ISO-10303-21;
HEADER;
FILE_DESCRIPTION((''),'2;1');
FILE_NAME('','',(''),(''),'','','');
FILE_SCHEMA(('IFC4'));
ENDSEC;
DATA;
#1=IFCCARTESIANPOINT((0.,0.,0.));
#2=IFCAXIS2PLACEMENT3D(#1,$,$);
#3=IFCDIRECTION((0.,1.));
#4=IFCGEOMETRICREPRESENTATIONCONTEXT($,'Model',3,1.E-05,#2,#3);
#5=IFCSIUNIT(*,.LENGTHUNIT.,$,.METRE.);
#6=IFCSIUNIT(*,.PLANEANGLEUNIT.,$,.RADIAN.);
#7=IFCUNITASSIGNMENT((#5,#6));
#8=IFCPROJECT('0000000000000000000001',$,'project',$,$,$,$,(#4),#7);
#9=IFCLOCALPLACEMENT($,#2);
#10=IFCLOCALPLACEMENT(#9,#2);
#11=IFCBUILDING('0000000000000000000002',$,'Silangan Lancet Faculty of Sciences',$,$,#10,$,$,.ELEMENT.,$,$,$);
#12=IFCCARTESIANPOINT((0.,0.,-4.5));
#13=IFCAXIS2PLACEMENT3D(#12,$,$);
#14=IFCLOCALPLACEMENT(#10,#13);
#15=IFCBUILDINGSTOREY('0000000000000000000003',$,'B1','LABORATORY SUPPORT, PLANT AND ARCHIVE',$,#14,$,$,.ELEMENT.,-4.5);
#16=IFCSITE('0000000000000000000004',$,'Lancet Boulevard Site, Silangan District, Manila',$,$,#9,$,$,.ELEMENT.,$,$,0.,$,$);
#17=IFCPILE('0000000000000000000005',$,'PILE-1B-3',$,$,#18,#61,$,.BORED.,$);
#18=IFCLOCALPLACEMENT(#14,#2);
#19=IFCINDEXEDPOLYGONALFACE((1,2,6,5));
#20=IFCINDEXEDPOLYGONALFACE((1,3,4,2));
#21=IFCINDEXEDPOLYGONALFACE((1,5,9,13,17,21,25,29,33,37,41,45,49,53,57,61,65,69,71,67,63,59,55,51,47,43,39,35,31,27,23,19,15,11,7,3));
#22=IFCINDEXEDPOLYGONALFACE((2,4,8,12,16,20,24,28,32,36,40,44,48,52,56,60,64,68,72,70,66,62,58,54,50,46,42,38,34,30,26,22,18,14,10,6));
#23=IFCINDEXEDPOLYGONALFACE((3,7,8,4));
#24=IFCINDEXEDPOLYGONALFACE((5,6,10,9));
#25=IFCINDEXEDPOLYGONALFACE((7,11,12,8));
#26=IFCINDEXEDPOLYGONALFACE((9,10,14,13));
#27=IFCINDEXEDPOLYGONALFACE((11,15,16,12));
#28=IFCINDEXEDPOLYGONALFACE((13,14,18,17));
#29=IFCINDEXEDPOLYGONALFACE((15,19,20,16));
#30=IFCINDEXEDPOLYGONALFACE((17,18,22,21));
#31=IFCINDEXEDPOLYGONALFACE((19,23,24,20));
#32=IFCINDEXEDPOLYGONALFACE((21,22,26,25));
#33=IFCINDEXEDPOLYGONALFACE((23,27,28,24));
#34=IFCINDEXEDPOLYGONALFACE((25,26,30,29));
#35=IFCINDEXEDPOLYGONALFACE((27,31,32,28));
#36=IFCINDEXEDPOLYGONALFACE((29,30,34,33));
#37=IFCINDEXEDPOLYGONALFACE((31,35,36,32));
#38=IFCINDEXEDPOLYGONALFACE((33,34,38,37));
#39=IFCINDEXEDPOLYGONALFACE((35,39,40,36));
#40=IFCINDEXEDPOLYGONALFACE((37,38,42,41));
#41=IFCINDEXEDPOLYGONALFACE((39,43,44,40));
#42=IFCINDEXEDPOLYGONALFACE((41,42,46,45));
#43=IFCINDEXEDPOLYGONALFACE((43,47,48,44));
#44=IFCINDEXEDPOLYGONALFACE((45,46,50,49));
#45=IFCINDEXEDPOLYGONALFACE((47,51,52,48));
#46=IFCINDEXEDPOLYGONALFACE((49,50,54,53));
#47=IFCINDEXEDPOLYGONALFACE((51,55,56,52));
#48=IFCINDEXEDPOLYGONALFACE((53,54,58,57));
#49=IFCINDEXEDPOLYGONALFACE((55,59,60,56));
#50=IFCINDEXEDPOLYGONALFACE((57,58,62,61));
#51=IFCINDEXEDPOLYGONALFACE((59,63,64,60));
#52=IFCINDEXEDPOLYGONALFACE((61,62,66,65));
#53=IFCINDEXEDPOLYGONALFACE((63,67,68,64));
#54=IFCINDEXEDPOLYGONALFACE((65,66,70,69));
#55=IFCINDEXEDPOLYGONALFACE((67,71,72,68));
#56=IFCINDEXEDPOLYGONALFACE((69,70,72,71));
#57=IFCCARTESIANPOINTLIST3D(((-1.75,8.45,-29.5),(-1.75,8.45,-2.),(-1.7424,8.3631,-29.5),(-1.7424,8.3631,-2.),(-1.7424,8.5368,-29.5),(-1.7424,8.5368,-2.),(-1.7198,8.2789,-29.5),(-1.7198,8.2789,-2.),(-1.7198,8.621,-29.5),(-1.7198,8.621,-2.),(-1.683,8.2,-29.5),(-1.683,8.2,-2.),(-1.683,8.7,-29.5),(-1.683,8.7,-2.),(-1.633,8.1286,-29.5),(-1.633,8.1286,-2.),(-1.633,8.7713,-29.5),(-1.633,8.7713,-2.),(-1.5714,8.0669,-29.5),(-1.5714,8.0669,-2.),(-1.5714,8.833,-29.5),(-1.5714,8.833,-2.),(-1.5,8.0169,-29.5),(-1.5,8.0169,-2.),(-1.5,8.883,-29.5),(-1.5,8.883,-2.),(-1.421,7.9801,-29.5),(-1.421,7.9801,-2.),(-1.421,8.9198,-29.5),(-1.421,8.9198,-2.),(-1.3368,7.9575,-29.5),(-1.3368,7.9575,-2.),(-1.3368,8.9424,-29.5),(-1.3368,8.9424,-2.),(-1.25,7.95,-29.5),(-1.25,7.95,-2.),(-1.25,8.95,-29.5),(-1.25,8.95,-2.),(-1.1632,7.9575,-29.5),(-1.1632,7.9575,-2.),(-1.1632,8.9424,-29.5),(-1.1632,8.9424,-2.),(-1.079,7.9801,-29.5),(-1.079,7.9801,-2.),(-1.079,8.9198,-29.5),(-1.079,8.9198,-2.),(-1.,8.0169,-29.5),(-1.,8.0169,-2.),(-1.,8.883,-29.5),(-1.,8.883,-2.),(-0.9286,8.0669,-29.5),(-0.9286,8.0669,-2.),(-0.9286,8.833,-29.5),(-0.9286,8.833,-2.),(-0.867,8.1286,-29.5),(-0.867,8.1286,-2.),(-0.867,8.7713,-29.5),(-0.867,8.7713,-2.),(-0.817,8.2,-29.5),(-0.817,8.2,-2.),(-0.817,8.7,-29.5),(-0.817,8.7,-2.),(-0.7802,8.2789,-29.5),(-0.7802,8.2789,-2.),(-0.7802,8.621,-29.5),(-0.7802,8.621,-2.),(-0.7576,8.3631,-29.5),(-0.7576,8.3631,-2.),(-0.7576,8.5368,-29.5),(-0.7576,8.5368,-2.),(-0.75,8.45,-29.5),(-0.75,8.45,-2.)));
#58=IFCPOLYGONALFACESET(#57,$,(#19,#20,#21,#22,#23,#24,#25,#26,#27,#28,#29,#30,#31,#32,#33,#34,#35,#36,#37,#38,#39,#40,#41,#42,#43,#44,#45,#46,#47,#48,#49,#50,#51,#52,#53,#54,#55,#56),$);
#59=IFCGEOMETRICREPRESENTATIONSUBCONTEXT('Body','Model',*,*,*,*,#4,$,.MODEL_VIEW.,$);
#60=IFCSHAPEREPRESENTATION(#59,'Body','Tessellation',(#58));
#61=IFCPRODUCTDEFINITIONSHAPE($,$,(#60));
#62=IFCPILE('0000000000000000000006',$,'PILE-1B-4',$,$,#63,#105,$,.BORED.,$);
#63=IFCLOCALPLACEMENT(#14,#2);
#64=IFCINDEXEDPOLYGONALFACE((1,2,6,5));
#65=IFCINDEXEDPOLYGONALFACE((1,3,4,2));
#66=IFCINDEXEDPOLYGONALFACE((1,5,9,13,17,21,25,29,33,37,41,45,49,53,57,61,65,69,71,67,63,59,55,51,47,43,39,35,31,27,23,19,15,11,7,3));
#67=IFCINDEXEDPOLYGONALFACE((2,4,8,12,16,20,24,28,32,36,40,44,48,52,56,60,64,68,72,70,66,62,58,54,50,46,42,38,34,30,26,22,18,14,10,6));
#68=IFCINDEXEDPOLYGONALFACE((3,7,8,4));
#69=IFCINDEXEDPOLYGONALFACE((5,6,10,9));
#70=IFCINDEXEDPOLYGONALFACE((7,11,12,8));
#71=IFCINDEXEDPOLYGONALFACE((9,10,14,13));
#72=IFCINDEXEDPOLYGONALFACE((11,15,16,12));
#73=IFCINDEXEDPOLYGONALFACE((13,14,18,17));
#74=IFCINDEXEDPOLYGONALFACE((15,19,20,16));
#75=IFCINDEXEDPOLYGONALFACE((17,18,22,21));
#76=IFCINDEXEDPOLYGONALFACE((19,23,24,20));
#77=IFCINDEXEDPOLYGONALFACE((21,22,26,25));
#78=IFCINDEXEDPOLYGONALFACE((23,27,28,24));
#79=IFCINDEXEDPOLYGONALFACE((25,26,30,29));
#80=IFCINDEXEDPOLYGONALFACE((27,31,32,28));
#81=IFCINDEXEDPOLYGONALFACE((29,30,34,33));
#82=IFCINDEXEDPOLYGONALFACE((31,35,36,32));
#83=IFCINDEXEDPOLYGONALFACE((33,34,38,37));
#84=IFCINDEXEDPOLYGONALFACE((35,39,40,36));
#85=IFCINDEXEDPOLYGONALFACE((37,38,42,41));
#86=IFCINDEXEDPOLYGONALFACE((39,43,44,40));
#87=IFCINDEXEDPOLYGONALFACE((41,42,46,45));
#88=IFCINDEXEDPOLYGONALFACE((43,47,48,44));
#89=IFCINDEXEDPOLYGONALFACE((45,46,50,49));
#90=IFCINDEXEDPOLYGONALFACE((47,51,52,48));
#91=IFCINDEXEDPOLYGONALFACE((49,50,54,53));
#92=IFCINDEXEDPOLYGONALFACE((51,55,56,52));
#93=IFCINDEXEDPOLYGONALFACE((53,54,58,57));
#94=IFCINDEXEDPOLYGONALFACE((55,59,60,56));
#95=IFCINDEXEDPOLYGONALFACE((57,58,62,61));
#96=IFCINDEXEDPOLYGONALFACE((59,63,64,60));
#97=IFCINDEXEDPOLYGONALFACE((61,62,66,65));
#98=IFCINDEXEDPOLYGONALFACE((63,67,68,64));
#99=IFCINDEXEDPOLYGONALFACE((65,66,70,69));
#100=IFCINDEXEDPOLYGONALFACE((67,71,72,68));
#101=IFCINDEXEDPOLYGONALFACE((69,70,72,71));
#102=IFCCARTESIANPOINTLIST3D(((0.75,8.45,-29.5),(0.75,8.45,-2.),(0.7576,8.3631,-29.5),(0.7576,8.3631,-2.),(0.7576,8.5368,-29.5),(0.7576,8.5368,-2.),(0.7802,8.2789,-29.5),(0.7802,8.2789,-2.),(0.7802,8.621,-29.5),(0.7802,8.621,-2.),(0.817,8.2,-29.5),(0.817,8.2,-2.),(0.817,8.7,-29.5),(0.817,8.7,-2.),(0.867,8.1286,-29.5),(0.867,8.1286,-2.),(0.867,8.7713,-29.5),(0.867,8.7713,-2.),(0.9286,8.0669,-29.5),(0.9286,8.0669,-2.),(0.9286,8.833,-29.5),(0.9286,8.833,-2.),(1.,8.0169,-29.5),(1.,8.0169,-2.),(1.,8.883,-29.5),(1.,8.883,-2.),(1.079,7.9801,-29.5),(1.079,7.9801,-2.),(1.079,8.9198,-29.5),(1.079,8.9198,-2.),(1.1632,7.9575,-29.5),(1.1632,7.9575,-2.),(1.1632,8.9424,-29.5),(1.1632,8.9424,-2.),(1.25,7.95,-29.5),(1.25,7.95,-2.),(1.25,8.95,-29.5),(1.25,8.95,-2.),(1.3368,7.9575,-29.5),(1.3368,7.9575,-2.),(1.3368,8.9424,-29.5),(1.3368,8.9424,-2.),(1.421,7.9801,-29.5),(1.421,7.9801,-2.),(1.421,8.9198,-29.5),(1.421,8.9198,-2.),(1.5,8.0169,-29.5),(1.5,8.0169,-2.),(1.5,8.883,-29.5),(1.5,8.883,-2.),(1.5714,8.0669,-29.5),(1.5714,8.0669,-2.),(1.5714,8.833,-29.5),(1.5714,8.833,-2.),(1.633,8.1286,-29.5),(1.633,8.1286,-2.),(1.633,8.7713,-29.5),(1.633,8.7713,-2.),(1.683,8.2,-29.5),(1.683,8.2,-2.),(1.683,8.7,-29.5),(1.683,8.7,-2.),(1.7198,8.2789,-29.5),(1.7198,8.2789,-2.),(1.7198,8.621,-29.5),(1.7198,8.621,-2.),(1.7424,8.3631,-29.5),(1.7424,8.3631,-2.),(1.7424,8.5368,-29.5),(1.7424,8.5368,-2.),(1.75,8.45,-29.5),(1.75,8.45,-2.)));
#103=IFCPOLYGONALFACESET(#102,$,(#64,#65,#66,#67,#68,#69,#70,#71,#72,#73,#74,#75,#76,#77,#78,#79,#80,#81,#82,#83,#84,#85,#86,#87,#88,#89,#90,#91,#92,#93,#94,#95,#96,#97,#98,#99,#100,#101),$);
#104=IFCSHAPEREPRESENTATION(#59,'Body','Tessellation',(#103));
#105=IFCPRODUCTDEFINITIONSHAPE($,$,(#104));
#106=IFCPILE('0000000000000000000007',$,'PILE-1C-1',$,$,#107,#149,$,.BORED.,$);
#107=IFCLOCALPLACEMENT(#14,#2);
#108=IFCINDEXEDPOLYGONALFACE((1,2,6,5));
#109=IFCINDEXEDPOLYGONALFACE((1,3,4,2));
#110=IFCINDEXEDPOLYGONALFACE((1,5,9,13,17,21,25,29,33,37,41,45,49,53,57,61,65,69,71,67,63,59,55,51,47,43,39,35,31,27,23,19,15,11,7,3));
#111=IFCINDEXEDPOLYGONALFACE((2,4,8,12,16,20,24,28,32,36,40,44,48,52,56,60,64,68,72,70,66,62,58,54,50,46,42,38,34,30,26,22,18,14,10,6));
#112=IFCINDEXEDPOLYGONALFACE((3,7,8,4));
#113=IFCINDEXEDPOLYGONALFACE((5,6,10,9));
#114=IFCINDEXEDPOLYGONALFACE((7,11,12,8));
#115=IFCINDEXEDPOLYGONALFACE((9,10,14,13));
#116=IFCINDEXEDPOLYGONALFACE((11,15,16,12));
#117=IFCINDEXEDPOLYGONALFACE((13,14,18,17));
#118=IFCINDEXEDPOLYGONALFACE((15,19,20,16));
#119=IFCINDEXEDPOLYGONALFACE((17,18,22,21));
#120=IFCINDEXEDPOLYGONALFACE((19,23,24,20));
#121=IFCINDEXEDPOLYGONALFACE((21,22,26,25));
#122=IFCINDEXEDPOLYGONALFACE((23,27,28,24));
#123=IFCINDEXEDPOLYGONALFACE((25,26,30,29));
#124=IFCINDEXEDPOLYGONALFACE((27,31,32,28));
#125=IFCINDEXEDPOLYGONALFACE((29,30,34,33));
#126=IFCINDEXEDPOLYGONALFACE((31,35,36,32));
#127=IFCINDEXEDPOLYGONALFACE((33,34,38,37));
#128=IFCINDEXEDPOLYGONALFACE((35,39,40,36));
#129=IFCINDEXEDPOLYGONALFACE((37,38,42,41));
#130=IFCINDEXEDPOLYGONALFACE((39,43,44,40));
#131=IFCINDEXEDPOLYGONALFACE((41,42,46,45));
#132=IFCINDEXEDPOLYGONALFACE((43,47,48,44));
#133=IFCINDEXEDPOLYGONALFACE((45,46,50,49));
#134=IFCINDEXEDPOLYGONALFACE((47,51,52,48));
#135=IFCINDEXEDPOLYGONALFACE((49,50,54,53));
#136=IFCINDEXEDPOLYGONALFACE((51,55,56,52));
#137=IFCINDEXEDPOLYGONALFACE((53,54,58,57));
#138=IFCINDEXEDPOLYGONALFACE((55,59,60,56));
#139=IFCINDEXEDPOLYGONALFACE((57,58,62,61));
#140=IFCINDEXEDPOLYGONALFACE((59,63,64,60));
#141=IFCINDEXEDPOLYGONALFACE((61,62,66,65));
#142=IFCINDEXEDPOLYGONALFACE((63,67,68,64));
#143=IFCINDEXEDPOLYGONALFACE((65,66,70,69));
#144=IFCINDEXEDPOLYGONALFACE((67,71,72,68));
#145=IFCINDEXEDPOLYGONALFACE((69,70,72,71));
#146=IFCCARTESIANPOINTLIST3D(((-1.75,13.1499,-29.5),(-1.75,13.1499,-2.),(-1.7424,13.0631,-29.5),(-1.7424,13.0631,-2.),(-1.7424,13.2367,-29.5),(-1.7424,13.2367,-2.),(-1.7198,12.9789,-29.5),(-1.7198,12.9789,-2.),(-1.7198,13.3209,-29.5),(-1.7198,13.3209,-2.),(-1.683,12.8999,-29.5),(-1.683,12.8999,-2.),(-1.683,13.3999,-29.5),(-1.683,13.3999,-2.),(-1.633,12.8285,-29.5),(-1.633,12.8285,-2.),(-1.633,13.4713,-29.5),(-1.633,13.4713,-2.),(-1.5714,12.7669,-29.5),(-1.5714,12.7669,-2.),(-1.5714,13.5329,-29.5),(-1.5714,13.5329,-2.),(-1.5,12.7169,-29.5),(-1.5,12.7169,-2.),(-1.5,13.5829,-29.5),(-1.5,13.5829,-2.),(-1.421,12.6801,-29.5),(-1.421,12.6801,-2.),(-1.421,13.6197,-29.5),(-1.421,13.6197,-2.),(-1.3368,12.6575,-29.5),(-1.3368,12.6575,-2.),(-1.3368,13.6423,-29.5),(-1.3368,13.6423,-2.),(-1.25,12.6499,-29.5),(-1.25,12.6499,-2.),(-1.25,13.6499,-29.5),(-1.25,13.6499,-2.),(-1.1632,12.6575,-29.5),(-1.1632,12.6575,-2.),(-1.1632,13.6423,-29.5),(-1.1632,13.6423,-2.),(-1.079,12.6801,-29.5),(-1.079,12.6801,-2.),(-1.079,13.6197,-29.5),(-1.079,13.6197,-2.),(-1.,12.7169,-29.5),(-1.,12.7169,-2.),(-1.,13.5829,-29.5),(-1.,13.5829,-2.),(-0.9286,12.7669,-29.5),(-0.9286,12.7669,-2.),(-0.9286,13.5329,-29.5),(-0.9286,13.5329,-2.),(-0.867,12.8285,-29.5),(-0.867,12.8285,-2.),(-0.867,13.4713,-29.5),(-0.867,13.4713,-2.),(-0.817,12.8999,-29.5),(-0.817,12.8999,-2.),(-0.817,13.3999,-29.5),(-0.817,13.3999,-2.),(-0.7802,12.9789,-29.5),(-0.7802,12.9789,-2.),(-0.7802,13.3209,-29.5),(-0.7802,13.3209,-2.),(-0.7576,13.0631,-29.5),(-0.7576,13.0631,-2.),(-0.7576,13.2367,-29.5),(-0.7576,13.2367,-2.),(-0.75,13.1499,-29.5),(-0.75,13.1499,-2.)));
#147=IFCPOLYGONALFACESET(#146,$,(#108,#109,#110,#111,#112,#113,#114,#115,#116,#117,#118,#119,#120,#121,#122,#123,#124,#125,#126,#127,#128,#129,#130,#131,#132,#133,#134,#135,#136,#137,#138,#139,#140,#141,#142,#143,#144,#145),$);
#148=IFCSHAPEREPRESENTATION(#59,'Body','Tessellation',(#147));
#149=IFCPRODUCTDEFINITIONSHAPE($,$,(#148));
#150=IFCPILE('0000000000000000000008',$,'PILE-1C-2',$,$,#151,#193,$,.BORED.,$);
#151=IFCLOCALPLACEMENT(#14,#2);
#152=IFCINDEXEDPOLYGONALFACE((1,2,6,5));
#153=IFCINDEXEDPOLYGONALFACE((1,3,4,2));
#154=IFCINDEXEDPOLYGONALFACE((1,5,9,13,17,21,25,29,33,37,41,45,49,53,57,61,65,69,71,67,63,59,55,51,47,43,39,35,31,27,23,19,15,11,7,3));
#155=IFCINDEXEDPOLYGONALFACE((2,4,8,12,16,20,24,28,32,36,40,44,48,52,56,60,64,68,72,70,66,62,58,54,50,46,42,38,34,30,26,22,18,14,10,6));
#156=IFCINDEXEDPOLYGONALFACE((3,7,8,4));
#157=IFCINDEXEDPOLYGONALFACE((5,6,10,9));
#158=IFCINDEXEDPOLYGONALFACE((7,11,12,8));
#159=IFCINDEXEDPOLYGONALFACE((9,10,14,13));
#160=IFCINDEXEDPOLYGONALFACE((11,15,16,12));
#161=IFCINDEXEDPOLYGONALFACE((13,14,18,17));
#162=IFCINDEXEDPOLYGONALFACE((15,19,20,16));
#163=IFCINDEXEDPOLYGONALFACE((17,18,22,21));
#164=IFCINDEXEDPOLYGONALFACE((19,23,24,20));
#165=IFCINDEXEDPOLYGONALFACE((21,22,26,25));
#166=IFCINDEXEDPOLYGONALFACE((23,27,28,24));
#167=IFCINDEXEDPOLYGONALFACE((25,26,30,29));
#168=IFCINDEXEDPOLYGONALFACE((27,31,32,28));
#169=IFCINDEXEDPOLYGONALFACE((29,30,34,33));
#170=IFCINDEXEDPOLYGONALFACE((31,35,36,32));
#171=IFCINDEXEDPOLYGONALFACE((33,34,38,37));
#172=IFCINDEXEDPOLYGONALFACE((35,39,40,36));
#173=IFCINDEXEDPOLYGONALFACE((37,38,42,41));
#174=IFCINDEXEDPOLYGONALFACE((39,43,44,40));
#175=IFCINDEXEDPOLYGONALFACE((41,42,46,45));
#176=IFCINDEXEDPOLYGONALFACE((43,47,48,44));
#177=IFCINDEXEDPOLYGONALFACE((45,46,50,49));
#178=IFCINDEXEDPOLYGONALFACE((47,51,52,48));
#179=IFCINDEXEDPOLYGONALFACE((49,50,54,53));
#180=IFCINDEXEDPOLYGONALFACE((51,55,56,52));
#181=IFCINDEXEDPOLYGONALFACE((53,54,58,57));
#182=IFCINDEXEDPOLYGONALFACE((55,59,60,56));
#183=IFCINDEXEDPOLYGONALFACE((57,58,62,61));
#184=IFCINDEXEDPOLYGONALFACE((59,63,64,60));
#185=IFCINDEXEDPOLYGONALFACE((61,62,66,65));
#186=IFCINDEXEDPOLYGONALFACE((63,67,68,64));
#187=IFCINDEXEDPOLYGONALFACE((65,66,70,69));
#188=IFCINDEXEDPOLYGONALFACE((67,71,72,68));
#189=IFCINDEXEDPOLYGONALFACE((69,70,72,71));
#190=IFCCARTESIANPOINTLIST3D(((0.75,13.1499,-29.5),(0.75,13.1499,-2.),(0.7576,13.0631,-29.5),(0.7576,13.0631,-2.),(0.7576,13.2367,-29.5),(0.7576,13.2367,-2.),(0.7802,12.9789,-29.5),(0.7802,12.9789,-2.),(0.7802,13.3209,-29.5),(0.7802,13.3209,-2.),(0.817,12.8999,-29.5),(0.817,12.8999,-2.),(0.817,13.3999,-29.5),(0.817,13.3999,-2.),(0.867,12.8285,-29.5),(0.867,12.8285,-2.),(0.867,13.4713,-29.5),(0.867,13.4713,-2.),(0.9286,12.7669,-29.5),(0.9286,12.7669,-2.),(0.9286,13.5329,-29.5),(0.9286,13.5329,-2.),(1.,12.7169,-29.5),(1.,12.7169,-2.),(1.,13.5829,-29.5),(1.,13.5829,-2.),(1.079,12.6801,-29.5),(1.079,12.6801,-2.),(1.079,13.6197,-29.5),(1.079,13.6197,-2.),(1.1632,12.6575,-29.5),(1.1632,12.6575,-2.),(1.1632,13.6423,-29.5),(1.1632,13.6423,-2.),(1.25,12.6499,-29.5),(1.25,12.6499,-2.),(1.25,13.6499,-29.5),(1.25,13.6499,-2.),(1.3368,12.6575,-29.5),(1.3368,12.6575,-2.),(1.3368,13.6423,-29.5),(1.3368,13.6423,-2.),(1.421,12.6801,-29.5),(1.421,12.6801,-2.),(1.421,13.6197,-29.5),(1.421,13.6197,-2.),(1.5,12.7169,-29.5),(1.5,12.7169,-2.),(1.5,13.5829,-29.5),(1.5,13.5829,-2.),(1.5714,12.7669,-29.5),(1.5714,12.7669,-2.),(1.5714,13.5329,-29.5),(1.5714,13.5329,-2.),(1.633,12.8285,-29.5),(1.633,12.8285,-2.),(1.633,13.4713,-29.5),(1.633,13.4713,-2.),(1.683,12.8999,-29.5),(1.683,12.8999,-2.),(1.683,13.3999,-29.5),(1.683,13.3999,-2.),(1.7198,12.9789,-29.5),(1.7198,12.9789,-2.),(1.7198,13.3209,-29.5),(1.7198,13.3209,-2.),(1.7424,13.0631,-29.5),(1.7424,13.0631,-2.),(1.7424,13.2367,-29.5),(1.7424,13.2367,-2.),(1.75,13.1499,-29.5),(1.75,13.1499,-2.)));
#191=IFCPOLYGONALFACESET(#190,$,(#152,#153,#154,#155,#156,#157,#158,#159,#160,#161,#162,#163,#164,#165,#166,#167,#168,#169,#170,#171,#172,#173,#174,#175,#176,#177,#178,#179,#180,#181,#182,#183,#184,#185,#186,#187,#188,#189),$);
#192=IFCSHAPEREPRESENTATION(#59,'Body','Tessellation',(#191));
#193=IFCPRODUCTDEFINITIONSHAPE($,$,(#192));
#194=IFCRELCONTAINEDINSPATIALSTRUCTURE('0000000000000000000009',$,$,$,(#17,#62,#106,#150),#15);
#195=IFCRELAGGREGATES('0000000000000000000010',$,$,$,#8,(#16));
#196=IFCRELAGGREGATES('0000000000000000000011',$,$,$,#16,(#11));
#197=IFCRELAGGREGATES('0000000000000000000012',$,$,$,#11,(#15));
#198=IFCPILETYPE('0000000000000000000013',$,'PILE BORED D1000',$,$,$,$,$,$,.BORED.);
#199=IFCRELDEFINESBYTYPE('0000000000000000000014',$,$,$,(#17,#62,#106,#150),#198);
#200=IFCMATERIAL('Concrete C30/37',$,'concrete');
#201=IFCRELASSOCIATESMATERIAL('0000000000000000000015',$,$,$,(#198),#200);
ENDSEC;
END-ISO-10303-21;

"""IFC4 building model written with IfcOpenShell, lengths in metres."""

from ifc_helpers import new_model, si_unit, direction, frame, origin, origin_2d, place, context, subcontext, project, spatial, circle, extrude, material, material_profile, profile_set, type_object, element, save


model = new_model("IFC4")

# Units and contexts
model_context = context("Model", 3, precision=1e-05, world=origin(), true_north=direction((0.0, 1.0)))
body_context = subcontext(model_context, "Body", "Model", "MODEL_VIEW")
ifc_project = project(units=[si_unit("LENGTHUNIT", "METRE"), si_unit("PLANEANGLEUNIT", "RADIAN")], contexts=[model_context])

# Site, building, storey
site_placement = place(None, origin())
site = spatial("IfcSite", under=ifc_project, at=site_placement, Name="Lancet Boulevard Site, Silangan District, Manila", CompositionType="ELEMENT", RefElevation=0.0)
building_placement = place(site_placement, origin())
building = spatial("IfcBuilding", under=site, at=building_placement, Name="Silangan Lancet Faculty of Sciences", CompositionType="ELEMENT")
storey_placement = place(building_placement, frame((0.0, 0.0, -4.5)))
storey = spatial("IfcBuildingStorey", under=building, at=storey_placement, Name="B1", Description="LABORATORY SUPPORT, PLANT AND ARCHIVE", CompositionType="ELEMENT", Elevation=-4.5)

# Piles
ifc_material_1 = material(Name="Concrete C30/37", Category="concrete")
ifc_material_profile_1 = material_profile(ifc_material_1, circle(Radius=0.5, at=origin_2d()), Name="BORED PILE D1000")
ifc_profile_set_1 = profile_set([ifc_material_profile_1], Name="Concrete C30/37")
pile_type = type_object("IfcPileType", Name="PILE BORED D1000", PredefinedType="BORED", material=ifc_profile_set_1)
for number, where, z_axis, x_axis, name in (
    (1, (-1.25, 8.45, -2.0), (0.0, 0.0, -1.0), (1.0, 0.0, 0.0), "PILE-1B-3"),
    (2, (1.25, 8.45, -2.0), (0.0, 0.0, -1.0), (1.0, 0.0, 0.0), "PILE-1B-4"),
    (3, (-1.25, 13.1499, -2.0), (0.0, 0.0, -1.0), (1.0, 0.0, 0.0), "PILE-1C-1"),
    (4, (1.25, 13.1499, -2.0), (0.0, 0.0, -1.0), (1.0, 0.0, 0.0), "PILE-1C-2"),
):
    element("IfcPile", number, at=place(storey_placement, frame(where, z_axis=z_axis, x_axis=x_axis)), inside=storey, type_object=pile_type, Name=name, PredefinedType="BORED", context=body_context, shape_type="SweptSolid", body=[
        extrude(circle(Radius=0.5, at=origin_2d()), origin(), (0.0, 0.0, 1.0), 27.5),
    ])

save(model, "model.ifc")
